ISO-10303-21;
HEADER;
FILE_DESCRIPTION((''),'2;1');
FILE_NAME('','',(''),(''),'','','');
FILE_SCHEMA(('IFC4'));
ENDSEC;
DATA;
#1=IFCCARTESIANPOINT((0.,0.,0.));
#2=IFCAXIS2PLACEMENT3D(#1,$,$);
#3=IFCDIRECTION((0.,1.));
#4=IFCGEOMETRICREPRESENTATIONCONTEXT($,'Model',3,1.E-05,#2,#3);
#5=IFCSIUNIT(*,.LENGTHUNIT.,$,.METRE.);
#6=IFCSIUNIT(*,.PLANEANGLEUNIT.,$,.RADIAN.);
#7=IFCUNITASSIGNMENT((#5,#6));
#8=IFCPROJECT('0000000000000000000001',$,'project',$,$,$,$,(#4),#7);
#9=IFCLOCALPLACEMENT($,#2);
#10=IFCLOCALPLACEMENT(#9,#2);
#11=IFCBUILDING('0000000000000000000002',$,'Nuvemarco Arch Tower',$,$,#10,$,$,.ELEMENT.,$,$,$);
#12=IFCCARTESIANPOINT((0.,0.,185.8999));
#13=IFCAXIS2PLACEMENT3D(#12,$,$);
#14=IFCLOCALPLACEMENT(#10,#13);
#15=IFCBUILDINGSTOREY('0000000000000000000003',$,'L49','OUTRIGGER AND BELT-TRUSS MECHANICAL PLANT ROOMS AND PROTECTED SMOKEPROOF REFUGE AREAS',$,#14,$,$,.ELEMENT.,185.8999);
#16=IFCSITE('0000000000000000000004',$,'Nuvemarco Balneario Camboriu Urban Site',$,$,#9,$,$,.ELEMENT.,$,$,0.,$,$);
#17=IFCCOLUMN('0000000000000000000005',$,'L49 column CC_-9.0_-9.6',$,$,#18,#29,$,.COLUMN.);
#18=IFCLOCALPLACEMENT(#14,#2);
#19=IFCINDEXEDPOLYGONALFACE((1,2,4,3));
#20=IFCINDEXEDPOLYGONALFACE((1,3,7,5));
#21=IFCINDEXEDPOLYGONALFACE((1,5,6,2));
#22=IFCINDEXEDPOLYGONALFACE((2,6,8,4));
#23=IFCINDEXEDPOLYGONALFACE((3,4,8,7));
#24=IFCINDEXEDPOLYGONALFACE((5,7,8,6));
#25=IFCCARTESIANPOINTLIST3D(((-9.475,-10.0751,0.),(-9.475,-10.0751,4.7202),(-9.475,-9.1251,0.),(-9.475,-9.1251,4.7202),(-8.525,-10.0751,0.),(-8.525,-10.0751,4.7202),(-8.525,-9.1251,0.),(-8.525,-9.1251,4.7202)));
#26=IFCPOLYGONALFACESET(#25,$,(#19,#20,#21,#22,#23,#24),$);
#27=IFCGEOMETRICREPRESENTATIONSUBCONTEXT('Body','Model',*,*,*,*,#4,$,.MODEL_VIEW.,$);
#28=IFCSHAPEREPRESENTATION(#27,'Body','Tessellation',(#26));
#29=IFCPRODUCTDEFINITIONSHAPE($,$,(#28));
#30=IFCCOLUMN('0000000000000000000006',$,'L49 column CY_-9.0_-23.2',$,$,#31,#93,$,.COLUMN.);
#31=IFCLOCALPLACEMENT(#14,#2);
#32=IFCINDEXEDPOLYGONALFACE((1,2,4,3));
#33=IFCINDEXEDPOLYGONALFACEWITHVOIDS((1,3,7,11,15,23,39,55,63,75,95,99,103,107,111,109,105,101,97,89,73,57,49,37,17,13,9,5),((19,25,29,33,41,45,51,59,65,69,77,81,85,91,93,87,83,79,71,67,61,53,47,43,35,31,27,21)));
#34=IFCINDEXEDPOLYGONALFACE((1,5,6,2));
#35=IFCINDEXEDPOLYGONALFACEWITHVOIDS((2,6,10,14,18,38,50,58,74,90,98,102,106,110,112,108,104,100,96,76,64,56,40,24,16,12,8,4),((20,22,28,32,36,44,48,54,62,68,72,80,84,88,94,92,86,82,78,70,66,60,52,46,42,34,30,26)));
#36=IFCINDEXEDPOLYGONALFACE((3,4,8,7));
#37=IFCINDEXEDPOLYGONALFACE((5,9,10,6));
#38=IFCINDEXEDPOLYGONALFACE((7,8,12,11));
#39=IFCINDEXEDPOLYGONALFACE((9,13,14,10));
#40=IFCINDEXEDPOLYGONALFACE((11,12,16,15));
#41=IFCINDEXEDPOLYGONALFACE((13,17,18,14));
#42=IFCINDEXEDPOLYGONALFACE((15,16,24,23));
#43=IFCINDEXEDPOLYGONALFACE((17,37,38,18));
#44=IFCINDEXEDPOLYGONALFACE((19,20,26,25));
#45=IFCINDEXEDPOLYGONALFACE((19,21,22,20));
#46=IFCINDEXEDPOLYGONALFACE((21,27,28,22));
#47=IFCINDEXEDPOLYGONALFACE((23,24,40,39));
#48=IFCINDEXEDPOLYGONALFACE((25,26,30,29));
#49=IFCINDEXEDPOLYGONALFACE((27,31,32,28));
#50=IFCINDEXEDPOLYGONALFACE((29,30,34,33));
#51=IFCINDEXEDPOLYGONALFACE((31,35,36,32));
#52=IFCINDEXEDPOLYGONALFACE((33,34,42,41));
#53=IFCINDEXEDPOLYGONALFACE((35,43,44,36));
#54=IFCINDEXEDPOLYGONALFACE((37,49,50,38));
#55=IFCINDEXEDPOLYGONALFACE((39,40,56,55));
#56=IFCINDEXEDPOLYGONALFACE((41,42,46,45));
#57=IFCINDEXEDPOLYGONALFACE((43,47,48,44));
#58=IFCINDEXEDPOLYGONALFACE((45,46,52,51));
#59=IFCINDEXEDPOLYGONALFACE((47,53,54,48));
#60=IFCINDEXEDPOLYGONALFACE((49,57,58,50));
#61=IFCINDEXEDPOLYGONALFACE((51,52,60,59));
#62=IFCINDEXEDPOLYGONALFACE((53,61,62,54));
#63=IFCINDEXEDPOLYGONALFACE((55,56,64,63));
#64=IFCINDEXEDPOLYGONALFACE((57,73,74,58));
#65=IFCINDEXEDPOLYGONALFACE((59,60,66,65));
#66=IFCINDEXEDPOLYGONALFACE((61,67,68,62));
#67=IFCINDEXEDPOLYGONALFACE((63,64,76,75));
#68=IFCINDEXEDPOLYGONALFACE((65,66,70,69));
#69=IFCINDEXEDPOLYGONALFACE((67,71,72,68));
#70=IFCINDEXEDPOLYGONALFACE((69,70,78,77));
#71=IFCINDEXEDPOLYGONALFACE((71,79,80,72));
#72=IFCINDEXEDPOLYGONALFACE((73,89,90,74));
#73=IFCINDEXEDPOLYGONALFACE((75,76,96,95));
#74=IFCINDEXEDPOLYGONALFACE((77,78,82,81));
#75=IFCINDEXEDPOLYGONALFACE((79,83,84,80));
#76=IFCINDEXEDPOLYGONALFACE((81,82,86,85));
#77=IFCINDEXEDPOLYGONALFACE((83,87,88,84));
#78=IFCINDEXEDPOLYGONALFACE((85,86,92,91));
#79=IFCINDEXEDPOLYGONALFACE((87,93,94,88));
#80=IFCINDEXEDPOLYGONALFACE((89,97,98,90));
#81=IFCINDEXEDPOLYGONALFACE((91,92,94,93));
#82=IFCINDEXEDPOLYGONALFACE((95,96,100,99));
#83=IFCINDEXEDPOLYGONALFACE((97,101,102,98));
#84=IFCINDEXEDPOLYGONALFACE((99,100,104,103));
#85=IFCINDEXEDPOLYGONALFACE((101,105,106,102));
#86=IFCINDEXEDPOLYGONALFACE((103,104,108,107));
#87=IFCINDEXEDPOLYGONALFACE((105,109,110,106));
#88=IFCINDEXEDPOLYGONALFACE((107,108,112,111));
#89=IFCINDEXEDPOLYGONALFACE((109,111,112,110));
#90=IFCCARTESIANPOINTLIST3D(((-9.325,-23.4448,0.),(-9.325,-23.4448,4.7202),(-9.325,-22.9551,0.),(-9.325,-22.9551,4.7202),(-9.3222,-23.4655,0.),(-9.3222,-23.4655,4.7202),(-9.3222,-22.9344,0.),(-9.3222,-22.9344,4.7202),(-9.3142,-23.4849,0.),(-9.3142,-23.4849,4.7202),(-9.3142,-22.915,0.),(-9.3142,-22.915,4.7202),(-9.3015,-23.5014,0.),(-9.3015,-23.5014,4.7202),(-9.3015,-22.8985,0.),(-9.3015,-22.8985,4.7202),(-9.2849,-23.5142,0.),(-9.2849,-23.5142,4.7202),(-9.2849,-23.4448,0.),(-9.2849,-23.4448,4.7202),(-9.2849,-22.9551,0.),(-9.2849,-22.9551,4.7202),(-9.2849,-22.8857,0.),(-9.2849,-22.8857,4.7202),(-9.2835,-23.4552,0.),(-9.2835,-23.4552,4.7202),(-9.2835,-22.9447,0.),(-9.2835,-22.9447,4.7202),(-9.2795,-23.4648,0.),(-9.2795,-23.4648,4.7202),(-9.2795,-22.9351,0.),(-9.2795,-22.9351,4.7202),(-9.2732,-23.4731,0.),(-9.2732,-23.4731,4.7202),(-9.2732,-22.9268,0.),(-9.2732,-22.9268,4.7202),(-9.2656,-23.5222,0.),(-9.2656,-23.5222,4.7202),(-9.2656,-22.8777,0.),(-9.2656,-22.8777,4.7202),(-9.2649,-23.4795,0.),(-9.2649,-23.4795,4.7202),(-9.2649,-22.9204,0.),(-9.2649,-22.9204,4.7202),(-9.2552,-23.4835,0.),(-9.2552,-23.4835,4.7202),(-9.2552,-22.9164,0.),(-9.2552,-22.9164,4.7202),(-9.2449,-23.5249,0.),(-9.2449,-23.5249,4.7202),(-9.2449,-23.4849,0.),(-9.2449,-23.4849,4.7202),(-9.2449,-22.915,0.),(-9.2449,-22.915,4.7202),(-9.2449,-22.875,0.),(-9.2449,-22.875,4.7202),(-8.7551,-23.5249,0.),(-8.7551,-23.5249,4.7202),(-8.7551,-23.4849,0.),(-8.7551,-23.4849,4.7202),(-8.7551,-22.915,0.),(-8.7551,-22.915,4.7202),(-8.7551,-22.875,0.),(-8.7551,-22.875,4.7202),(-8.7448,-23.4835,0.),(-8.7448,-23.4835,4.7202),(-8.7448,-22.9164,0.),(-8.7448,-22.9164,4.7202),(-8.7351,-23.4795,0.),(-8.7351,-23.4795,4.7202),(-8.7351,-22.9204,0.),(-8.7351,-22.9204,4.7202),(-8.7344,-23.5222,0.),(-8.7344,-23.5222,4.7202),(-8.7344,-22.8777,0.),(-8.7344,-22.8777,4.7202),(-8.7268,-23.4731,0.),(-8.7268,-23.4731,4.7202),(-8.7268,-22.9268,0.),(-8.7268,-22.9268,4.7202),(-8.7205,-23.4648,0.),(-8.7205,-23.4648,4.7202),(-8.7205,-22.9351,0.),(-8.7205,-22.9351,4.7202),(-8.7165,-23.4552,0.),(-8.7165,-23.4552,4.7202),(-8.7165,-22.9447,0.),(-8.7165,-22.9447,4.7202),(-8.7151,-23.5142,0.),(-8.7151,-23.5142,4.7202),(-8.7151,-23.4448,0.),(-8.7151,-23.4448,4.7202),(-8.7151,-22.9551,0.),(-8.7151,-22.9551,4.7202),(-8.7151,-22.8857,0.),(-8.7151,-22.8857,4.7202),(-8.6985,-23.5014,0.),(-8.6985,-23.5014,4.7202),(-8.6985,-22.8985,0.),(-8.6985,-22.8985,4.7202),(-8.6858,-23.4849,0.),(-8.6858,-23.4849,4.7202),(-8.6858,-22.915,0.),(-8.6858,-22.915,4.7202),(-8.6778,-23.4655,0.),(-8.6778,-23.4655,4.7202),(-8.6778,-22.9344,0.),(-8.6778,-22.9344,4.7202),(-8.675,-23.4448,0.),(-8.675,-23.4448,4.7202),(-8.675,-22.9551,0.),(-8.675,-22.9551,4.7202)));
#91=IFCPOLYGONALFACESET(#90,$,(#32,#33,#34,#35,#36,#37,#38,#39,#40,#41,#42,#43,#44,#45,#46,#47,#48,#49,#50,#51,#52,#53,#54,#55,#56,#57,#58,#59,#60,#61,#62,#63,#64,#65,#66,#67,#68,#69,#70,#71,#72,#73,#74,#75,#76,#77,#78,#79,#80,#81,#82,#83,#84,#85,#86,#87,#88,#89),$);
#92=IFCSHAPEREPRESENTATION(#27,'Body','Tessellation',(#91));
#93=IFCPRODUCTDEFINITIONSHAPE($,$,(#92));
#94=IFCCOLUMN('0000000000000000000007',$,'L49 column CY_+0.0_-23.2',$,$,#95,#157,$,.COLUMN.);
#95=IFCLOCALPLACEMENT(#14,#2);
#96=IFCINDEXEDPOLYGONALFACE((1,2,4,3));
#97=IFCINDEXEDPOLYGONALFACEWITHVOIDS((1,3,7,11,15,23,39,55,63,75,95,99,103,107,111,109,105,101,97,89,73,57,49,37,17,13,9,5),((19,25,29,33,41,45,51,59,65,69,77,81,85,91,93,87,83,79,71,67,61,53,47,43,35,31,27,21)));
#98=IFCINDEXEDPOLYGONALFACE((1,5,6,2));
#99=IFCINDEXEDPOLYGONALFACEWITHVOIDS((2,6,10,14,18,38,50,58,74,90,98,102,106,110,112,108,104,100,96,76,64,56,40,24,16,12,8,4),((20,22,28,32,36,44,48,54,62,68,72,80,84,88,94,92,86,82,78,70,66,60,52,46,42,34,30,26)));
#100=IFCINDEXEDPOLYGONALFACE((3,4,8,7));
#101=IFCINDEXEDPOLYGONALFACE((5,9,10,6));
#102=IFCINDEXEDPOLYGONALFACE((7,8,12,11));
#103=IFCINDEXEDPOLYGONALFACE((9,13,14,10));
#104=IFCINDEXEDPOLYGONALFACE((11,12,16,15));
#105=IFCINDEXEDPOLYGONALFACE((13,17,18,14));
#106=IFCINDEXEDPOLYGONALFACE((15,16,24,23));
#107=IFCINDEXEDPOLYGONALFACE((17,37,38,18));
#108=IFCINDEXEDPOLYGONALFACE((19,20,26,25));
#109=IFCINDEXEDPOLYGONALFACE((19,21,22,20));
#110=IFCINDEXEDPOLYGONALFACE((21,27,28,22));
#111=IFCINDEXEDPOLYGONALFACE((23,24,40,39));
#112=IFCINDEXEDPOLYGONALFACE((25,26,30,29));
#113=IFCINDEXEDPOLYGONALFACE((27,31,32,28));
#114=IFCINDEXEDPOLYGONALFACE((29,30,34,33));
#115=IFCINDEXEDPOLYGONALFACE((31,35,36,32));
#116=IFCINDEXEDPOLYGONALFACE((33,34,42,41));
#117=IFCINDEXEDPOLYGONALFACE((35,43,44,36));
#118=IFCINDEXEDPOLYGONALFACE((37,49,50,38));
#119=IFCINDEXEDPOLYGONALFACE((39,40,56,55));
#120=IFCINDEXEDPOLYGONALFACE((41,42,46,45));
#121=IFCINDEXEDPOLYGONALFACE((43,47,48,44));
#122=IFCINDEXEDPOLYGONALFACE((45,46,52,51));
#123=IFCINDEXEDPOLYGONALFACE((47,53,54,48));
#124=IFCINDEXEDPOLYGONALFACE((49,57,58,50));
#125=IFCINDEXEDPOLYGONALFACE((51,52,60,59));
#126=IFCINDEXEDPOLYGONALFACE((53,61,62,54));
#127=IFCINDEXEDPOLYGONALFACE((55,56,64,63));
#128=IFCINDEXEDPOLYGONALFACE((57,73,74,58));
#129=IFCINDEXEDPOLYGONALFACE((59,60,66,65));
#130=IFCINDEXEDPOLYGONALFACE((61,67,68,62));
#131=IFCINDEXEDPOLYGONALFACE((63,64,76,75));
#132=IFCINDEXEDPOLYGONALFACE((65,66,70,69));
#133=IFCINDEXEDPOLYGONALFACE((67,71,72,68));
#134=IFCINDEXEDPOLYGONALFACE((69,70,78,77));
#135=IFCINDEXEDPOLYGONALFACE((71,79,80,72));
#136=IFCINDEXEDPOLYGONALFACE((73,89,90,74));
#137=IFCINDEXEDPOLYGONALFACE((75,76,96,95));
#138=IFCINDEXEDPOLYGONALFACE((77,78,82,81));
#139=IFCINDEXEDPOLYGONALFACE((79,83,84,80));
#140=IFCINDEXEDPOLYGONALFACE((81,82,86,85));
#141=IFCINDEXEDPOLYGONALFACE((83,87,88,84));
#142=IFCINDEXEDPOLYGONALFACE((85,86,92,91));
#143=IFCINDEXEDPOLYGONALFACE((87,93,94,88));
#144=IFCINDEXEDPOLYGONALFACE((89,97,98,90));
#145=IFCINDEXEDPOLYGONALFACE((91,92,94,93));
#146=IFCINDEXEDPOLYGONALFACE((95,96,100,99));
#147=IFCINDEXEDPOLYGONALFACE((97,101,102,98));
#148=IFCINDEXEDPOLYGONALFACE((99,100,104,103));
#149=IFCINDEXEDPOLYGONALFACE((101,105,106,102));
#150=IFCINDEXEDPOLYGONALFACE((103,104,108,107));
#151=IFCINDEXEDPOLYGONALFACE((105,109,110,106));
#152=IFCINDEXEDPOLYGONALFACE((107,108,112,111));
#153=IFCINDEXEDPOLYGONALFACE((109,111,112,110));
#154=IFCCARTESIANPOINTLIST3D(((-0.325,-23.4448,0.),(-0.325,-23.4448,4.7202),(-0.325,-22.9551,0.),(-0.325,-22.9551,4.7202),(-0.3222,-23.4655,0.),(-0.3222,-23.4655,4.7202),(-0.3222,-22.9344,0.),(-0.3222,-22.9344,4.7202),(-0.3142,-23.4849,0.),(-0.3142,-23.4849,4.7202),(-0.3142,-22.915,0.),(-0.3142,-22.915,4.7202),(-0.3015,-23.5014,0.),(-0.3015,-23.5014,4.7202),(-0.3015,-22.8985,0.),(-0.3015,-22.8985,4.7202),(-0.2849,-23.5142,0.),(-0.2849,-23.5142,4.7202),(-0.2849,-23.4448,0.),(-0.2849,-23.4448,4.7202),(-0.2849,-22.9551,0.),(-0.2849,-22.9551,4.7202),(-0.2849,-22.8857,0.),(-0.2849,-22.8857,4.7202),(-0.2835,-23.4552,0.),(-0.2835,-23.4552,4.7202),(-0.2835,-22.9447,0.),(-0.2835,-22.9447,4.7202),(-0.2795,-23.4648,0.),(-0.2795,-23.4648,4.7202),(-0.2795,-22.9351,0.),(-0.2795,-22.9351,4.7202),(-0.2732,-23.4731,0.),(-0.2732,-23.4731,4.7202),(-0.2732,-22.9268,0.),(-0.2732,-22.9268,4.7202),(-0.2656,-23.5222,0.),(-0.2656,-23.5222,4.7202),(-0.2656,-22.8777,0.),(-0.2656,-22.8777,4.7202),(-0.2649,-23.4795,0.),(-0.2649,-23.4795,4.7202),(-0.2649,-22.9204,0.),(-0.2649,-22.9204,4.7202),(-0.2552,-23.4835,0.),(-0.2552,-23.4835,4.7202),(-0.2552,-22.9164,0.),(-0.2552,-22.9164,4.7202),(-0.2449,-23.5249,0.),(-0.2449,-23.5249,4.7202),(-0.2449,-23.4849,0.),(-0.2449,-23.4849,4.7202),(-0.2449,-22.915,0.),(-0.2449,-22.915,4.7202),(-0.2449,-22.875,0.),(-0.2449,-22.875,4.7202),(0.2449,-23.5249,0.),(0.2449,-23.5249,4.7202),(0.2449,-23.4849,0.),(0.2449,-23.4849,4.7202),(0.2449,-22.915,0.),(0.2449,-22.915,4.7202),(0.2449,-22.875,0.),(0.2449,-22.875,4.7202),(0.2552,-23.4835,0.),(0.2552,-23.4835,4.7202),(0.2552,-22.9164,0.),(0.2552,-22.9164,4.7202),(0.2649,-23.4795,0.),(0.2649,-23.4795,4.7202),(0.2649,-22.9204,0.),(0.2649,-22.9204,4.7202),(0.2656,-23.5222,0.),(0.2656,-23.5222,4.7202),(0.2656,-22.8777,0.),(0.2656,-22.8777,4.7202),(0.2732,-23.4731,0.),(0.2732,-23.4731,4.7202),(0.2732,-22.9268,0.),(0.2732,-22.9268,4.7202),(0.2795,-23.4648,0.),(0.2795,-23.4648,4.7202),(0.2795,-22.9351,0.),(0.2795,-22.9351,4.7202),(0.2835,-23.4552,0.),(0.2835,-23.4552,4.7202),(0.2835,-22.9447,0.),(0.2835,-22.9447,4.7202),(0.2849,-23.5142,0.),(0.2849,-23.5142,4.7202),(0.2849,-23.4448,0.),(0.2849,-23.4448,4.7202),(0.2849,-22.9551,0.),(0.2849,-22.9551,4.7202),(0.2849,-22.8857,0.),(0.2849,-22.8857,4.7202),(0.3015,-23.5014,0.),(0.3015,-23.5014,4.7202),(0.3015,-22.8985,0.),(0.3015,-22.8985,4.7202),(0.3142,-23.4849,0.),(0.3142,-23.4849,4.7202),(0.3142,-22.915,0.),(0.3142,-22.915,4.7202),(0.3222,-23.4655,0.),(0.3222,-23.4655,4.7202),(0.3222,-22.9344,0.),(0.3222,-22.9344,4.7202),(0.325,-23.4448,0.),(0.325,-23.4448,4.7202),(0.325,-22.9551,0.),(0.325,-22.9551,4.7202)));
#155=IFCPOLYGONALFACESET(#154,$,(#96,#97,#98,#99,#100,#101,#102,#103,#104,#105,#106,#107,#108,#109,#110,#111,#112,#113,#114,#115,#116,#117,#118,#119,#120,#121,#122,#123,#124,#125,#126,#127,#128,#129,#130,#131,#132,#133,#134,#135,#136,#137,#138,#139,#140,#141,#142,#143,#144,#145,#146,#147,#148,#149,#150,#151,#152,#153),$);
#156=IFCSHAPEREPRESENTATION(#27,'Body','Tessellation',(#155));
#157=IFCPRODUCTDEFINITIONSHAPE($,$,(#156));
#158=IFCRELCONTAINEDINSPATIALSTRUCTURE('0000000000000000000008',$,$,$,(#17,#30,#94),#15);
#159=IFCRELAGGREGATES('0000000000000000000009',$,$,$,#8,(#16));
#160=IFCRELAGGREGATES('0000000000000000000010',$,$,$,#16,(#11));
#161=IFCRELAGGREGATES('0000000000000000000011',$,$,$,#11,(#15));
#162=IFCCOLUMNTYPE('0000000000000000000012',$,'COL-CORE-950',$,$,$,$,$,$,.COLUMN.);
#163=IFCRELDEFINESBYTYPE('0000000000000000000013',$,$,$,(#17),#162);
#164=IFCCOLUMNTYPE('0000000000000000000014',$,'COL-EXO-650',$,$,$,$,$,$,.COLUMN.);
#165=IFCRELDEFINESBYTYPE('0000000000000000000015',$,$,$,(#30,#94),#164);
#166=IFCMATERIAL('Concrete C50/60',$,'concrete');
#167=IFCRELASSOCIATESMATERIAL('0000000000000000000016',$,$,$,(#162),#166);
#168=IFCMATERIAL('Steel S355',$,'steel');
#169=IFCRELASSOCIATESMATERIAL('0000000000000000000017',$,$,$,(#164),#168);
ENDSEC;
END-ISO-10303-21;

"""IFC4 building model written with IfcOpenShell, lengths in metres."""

from ifc_helpers import new_model, si_unit, direction, frame, origin, origin_2d, place, context, subcontext, project, spatial, rectangle, hollow_rectangle, extrude, material, material_profile, profile_set, type_object, element, save


model = new_model("IFC4")

# Units and contexts
model_context = context("Model", 3, precision=1e-05, world=origin(), true_north=direction((0.0, 1.0)))
body_context = subcontext(model_context, "Body", "Model", "MODEL_VIEW")
ifc_project = project(units=[si_unit("LENGTHUNIT", "METRE"), si_unit("PLANEANGLEUNIT", "RADIAN")], contexts=[model_context])

# Site, building, storey
site_placement = place(None, origin())
site = spatial("IfcSite", under=ifc_project, at=site_placement, Name="Nuvemarco Balneario Camboriu Urban Site", CompositionType="ELEMENT", RefElevation=0.0)
building_placement = place(site_placement, origin())
building = spatial("IfcBuilding", under=site, at=building_placement, Name="Nuvemarco Arch Tower", CompositionType="ELEMENT")
storey_placement = place(building_placement, frame((0.0, 0.0, 185.8999)))
storey = spatial("IfcBuildingStorey", under=building, at=storey_placement, Name="L49", Description="OUTRIGGER AND BELT-TRUSS MECHANICAL PLANT ROOMS AND PROTECTED SMOKEPROOF REFUGE AREAS", CompositionType="ELEMENT", Elevation=185.8999)

# Columns
ifc_material_1 = material(Name="Concrete C50/60", Category="concrete")
ifc_material_profile_1 = material_profile(ifc_material_1, rectangle(XDim=0.95, YDim=0.95, at=origin_2d()), Name="RC-COL-950x950")
ifc_profile_set_1 = profile_set([ifc_material_profile_1], Name="Concrete C50/60")
column_type_1 = type_object("IfcColumnType", Name="COL-CORE-950", PredefinedType="COLUMN", material=ifc_profile_set_1)
column_placement = place(storey_placement, frame((-9.0, -9.6001, 0.0), z_axis=(0.0, 0.0, 1.0), x_axis=(1.0, 0.0, 0.0)))
element("IfcColumn", 1, at=column_placement, inside=storey, type_object=column_type_1, Name="L49 column CC_-9.0_-9.6", PredefinedType="COLUMN", context=body_context, shape_type="SweptSolid", body=[
    extrude(rectangle(XDim=0.95, YDim=0.95, at=origin_2d()), origin(), (0.0, 0.0, 1.0), 4.7202),
])
ifc_material_2 = material(Name="Steel S355", Category="steel")
ifc_material_profile_2 = material_profile(ifc_material_2, hollow_rectangle(XDim=0.6499, YDim=0.6499, WallThickness=0.04, InnerFilletRadius=0.04, OuterFilletRadius=0.0801, at=origin_2d()), Name="SHS650x650x40")
ifc_profile_set_2 = profile_set([ifc_material_profile_2], Name="Steel S355")
column_type_2 = type_object("IfcColumnType", Name="COL-EXO-650", PredefinedType="COLUMN", material=ifc_profile_set_2)
for number, where, z_axis, x_axis, name in (
    (2, (-9.0, -23.2, 0.0), (0.0, 0.0, 1.0), (1.0, 0.0, 0.0), "L49 column CY_-9.0_-23.2"),
    (3, (0.0, -23.2, 0.0), (0.0, 0.0, 1.0), (1.0, 0.0, 0.0), "L49 column CY_+0.0_-23.2"),
):
    element("IfcColumn", number, at=place(storey_placement, frame(where, z_axis=z_axis, x_axis=x_axis)), inside=storey, type_object=column_type_2, Name=name, PredefinedType="COLUMN", context=body_context, shape_type="SweptSolid", body=[
        extrude(hollow_rectangle(XDim=0.6499, YDim=0.6499, WallThickness=0.04, InnerFilletRadius=0.04, OuterFilletRadius=0.0801, at=origin_2d()), origin(), (0.0, 0.0, 1.0), 4.7202),
    ])

save(model, "model.ifc")
